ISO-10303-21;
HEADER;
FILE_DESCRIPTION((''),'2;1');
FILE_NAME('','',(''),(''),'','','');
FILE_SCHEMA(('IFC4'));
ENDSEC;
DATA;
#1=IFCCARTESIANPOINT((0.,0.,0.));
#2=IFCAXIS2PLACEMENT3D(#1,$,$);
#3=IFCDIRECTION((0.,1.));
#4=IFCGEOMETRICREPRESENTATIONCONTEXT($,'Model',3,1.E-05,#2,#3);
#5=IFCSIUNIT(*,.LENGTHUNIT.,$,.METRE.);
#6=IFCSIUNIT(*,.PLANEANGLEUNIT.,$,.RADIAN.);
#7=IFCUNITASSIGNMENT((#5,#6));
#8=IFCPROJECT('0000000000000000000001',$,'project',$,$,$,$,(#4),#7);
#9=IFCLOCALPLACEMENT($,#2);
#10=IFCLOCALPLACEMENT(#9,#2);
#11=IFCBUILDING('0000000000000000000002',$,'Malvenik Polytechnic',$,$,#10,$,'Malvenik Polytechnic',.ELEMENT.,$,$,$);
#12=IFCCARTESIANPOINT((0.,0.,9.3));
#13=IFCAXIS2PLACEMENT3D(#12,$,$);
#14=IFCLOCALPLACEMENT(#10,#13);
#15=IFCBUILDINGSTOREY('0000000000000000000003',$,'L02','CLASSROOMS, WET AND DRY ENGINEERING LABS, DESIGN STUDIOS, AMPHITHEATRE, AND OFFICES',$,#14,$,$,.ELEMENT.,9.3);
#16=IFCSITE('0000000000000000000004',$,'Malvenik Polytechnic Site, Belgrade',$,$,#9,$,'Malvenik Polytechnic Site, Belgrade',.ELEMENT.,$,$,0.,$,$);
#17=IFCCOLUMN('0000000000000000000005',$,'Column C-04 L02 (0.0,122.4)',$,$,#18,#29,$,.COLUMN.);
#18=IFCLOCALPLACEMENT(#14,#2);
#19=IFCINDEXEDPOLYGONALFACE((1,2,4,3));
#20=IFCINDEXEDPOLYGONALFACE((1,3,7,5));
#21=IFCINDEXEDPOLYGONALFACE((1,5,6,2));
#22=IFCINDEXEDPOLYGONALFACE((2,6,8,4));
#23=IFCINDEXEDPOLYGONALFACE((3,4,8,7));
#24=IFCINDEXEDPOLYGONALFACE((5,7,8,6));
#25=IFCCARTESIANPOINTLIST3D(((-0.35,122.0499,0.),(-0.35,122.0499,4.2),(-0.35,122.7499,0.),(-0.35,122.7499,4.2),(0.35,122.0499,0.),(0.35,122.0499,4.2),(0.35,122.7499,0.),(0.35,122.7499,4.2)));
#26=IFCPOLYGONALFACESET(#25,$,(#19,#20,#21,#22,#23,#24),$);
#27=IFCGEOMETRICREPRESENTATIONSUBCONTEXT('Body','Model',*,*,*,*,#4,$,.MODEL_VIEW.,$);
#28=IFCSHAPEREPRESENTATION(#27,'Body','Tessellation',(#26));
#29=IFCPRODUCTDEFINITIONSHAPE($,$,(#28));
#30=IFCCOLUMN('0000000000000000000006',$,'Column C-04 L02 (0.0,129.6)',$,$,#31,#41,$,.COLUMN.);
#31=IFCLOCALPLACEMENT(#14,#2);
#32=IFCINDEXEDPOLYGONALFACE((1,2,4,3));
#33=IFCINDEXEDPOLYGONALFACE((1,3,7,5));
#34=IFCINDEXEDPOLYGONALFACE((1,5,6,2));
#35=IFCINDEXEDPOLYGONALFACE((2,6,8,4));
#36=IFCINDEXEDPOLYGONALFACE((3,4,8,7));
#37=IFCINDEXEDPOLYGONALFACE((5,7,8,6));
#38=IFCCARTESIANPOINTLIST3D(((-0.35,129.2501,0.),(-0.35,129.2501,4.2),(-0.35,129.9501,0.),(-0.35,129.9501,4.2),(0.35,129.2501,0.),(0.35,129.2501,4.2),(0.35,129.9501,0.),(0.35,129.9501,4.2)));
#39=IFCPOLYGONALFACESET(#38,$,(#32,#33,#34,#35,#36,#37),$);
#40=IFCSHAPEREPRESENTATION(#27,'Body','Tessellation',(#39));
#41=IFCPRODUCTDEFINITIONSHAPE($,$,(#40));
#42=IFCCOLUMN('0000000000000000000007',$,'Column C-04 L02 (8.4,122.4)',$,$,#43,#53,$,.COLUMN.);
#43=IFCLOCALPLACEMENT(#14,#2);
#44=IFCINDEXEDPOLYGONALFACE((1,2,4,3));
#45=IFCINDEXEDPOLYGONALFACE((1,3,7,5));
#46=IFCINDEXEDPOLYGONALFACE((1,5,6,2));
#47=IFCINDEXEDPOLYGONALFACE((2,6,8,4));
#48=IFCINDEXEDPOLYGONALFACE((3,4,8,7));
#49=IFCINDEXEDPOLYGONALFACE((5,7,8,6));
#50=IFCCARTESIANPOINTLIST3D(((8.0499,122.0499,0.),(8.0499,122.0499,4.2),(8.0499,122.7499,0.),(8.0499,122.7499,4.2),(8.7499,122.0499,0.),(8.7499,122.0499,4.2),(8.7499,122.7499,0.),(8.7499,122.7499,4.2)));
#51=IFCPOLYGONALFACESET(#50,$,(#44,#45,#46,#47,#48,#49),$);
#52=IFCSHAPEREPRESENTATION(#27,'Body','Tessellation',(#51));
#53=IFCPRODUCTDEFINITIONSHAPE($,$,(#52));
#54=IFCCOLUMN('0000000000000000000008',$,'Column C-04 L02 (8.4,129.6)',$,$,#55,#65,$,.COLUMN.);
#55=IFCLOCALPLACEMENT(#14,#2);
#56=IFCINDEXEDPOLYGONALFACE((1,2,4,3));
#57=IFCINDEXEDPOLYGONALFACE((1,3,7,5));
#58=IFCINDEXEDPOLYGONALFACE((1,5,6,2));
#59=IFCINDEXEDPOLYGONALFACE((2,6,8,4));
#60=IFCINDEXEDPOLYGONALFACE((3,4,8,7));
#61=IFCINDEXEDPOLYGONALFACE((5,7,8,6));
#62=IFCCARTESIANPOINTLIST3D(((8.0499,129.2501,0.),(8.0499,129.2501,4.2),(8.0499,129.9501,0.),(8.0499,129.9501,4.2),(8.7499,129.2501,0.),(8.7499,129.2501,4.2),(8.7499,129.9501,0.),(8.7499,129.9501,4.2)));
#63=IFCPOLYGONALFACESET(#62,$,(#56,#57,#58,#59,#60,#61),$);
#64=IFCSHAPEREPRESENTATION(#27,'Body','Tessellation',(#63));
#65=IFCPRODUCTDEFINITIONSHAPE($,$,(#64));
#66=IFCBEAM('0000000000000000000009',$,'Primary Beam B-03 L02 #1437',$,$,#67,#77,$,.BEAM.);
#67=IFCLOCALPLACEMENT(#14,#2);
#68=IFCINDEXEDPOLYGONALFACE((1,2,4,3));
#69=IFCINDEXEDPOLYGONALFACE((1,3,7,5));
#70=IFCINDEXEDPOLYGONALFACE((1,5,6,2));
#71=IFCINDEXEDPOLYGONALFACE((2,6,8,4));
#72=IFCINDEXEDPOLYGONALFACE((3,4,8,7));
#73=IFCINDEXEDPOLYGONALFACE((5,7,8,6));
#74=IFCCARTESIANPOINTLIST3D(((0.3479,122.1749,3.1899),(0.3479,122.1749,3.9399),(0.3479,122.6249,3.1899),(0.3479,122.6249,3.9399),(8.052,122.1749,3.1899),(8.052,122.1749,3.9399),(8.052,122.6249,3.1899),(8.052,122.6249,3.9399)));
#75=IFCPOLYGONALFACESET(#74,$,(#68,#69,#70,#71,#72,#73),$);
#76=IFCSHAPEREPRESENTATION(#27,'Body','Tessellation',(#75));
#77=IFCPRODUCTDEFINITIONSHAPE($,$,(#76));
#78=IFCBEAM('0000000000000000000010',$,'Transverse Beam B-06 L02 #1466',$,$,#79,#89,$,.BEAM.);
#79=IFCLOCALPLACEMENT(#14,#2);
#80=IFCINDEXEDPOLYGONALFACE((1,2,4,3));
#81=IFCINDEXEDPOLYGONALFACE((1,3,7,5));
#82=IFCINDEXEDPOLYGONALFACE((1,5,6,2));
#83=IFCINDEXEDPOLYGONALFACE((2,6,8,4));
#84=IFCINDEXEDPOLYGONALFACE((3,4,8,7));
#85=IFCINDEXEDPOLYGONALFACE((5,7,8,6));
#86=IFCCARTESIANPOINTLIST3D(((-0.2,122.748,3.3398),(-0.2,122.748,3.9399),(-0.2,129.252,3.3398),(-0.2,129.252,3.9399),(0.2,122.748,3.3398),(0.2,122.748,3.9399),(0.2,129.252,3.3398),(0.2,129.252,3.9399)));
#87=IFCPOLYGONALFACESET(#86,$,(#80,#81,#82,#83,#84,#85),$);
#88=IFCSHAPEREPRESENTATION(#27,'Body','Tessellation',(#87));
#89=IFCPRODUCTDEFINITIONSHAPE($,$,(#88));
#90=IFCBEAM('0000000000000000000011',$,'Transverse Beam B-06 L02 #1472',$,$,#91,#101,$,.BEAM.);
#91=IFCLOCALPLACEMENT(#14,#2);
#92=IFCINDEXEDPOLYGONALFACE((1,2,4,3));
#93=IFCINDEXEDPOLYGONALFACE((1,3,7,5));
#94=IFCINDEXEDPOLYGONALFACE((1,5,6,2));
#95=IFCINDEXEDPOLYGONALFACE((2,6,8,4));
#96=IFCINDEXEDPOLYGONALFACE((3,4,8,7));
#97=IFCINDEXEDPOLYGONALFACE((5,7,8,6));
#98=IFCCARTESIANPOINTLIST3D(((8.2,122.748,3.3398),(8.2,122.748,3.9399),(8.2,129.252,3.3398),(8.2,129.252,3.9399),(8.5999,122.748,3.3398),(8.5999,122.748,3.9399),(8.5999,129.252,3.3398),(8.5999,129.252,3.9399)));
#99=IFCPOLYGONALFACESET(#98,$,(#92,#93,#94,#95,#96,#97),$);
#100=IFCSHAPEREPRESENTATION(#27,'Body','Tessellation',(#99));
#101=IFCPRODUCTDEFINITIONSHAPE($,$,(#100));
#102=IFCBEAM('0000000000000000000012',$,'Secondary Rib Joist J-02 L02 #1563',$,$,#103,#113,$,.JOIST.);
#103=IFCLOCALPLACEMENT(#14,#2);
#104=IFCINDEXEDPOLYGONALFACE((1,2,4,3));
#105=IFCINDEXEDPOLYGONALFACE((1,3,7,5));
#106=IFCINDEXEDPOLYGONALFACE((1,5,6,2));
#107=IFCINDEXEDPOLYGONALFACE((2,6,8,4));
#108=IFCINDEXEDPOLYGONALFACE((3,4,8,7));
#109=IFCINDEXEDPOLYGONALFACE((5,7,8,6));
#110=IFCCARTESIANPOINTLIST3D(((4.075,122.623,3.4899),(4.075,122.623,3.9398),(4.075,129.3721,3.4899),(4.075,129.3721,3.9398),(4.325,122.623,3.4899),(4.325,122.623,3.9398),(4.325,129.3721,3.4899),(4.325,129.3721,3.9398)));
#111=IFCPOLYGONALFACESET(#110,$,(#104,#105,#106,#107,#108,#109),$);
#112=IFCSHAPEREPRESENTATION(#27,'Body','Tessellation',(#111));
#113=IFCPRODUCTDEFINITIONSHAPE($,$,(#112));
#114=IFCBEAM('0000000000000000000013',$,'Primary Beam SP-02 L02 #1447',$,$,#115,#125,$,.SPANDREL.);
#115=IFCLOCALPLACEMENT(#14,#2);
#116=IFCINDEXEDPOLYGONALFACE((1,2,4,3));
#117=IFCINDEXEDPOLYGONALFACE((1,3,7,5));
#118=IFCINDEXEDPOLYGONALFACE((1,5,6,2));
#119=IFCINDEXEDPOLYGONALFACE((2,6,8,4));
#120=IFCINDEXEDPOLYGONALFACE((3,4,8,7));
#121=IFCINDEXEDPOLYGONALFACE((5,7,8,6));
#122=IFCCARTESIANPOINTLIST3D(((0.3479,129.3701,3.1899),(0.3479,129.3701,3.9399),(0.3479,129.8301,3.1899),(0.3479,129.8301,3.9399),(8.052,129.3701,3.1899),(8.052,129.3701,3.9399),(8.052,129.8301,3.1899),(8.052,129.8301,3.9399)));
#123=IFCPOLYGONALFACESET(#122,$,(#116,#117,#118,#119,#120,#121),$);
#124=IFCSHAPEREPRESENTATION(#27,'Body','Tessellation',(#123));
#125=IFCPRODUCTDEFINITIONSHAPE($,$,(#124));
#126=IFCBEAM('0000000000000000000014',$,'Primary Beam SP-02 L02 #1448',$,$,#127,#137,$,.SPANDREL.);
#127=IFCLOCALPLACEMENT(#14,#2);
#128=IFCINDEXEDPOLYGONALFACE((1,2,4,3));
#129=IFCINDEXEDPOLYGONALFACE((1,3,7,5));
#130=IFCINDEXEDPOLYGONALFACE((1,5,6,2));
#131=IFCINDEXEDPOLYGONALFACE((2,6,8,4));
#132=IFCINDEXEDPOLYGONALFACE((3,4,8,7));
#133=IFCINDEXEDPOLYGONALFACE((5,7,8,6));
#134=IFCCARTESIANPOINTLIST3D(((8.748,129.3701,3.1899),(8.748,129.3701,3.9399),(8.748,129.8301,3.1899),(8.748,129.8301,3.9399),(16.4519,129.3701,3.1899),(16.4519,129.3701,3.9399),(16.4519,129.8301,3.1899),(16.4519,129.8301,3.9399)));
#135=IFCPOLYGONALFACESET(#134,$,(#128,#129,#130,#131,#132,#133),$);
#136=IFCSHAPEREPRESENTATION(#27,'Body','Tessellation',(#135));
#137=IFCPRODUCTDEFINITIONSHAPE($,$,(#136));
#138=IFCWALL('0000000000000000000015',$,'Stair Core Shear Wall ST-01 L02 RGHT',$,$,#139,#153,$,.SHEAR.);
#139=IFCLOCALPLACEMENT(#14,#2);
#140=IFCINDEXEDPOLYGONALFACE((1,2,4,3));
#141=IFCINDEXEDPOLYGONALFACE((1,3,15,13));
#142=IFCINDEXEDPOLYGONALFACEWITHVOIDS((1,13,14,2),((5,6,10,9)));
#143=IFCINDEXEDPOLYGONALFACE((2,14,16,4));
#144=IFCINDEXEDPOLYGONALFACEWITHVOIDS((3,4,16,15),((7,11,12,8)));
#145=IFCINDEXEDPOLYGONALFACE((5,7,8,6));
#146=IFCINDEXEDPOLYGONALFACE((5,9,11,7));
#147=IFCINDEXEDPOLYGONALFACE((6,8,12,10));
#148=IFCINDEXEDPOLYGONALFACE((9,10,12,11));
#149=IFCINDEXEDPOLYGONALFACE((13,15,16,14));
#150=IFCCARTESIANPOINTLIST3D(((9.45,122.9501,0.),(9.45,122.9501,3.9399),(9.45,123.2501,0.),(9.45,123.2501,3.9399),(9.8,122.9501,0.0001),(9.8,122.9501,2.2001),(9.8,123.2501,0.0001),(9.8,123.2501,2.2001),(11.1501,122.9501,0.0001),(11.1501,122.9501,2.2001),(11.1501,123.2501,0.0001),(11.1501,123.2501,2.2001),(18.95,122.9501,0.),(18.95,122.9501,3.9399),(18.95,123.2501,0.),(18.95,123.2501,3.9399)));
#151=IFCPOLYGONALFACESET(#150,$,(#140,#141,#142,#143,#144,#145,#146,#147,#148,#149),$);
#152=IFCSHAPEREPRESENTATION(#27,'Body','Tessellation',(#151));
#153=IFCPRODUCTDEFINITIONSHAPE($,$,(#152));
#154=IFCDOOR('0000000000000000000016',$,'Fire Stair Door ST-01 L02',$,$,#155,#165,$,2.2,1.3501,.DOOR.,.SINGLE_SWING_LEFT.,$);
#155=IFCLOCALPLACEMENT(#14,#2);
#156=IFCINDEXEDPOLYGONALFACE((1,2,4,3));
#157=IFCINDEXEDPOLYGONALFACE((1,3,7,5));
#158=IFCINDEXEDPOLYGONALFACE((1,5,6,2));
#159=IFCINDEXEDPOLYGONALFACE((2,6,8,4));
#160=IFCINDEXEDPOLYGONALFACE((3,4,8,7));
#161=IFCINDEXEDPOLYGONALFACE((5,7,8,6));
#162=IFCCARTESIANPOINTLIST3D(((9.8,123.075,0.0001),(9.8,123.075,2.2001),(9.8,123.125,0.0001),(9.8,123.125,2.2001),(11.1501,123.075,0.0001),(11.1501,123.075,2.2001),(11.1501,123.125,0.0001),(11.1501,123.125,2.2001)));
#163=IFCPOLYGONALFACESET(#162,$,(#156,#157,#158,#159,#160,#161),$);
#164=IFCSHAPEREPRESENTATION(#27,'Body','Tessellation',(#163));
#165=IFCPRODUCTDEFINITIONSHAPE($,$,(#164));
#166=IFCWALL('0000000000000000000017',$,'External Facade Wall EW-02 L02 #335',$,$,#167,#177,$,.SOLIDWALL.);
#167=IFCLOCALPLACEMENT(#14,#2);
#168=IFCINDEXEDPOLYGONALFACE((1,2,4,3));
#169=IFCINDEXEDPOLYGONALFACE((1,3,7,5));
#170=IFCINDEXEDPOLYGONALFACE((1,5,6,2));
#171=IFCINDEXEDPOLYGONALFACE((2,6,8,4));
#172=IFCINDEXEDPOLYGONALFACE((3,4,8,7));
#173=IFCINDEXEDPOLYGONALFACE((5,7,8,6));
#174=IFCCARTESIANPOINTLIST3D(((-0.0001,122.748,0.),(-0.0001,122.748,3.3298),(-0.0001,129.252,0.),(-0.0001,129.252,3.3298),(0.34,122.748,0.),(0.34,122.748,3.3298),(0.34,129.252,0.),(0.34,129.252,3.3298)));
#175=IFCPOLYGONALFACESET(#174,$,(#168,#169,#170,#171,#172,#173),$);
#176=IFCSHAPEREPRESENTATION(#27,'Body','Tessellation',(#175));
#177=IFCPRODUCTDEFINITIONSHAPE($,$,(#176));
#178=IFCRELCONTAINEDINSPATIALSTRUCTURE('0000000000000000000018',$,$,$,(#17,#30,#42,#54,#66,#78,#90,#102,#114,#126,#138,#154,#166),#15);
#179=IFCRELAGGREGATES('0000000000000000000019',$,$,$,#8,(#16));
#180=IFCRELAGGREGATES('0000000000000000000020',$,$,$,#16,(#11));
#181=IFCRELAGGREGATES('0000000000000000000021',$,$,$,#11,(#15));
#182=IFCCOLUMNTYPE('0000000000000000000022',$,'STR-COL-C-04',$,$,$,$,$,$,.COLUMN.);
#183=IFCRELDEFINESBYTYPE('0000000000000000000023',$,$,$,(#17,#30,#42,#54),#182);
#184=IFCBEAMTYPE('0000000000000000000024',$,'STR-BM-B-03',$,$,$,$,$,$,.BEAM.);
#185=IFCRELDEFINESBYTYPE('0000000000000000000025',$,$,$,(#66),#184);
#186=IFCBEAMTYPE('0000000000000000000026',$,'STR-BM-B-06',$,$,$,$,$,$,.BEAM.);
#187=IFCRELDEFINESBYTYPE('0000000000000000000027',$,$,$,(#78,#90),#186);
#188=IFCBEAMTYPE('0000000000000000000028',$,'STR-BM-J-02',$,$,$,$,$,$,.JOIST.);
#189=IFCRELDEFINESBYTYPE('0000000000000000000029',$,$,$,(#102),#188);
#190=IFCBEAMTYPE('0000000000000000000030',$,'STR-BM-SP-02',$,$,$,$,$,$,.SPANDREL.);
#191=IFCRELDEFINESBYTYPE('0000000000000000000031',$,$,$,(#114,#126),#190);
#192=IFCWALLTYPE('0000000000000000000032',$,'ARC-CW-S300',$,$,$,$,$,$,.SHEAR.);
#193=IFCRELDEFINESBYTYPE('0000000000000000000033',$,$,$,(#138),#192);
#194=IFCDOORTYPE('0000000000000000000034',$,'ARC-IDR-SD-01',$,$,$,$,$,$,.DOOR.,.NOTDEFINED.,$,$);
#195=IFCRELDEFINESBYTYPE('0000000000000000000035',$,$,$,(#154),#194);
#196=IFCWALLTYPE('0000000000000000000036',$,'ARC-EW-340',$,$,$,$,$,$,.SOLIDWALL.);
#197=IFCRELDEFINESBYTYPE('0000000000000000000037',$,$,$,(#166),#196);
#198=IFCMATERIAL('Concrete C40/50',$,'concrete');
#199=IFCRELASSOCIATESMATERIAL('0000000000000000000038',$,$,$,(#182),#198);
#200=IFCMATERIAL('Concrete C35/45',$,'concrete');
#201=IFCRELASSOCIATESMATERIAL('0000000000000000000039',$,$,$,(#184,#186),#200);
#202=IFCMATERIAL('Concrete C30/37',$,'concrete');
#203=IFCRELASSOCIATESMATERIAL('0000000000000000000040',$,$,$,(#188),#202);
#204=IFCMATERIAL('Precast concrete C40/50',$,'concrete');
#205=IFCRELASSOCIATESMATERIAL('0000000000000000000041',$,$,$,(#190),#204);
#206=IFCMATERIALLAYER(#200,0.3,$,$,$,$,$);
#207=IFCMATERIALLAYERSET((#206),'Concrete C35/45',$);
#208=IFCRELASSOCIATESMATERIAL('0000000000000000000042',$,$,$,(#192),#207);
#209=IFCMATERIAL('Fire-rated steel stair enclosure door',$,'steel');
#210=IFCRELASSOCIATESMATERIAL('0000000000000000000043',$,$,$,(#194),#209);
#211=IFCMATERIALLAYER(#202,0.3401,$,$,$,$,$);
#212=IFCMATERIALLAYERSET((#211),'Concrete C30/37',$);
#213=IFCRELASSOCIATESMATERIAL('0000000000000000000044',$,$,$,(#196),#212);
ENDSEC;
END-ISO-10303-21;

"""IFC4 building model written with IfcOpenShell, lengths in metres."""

from ifc_helpers import new_model, si_unit, direction, frame, frame_2d, origin, origin_2d, place, context, subcontext, project, spatial, rectangle, extrude, material, layer, layer_set, material_profile, profile_set, type_object, element, fill, save


model = new_model("IFC4")

# Units and contexts
model_context = context("Model", 3, precision=1e-05, world=origin(), true_north=direction((0.0, 1.0)))
body_context = subcontext(model_context, "Body", "Model", "MODEL_VIEW")
ifc_project = project(units=[si_unit("LENGTHUNIT", "METRE"), si_unit("PLANEANGLEUNIT", "RADIAN")], contexts=[model_context])

# Site, building, storey
site_placement = place(None, origin())
site = spatial("IfcSite", under=ifc_project, at=site_placement, Name="Malvenik Polytechnic Site, Belgrade", LongName="Malvenik Polytechnic Site, Belgrade", CompositionType="ELEMENT", RefElevation=0.0)
building_placement = place(site_placement, origin())
building = spatial("IfcBuilding", under=site, at=building_placement, Name="Malvenik Polytechnic", LongName="Malvenik Polytechnic", CompositionType="ELEMENT")
storey_placement = place(building_placement, frame((0.0, 0.0, 9.3)))
storey = spatial("IfcBuildingStorey", under=building, at=storey_placement, Name="L02", Description="CLASSROOMS, WET AND DRY ENGINEERING LABS, DESIGN STUDIOS, AMPHITHEATRE, AND OFFICES", CompositionType="ELEMENT", Elevation=9.3)

# Columns
ifc_material_1 = material(Name="Concrete C40/50", Category="concrete")
ifc_material_profile_1 = material_profile(ifc_material_1, rectangle(XDim=0.7, YDim=0.7, at=origin_2d()), Name="RC COL 700x700")
ifc_profile_set_1 = profile_set([ifc_material_profile_1], Name="Concrete C40/50")
column_type = type_object("IfcColumnType", Name="STR-COL-C-04", PredefinedType="COLUMN", material=ifc_profile_set_1)
for number, where, z_axis, x_axis, name in (
    (1, (0.0, 122.3999, 0.0), (0.0, 0.0, 1.0), (1.0, 0.0, 0.0), "Column C-04 L02 (0.0,122.4)"),
    (2, (0.0, 129.6001, 0.0), (0.0, 0.0, 1.0), (1.0, 0.0, 0.0), "Column C-04 L02 (0.0,129.6)"),
    (3, (8.3999, 122.3999, 0.0), (0.0, 0.0, 1.0), (1.0, 0.0, 0.0), "Column C-04 L02 (8.4,122.4)"),
    (4, (8.3999, 129.6001, 0.0), (0.0, 0.0, 1.0), (1.0, 0.0, 0.0), "Column C-04 L02 (8.4,129.6)"),
):
    element("IfcColumn", number, at=place(storey_placement, frame(where, z_axis=z_axis, x_axis=x_axis)), inside=storey, type_object=column_type, Name=name, PredefinedType="COLUMN", context=body_context, shape_type="SweptSolid", body=[
        extrude(rectangle(XDim=0.7, YDim=0.7, at=origin_2d()), origin(), (0.0, 0.0, 1.0), 4.2),
    ])

# Beams
ifc_material_2 = material(Name="Concrete C35/45", Category="concrete")
ifc_material_profile_2 = material_profile(ifc_material_2, rectangle(XDim=0.45, YDim=0.75, at=origin_2d()), Name="RC BM 450x750")
ifc_profile_set_2 = profile_set([ifc_material_profile_2], Name="Concrete C35/45")
beam_type_1 = type_object("IfcBeamType", Name="STR-BM-B-03", PredefinedType="BEAM", material=ifc_profile_set_2)
beam_1_placement = place(storey_placement, frame((0.3479, 122.3999, 3.5649), z_axis=(1.0, 0.0, 0.0), x_axis=(0.0, 1.0, 0.0)))
element("IfcBeam", 5, at=beam_1_placement, inside=storey, type_object=beam_type_1, Name="Primary Beam B-03 L02 #1437", PredefinedType="BEAM", context=body_context, shape_type="SweptSolid", body=[
    extrude(rectangle(XDim=0.45, YDim=0.75, at=origin_2d()), origin(), (0.0, 0.0, 1.0), 7.7041),
])
ifc_material_profile_3 = material_profile(ifc_material_2, rectangle(XDim=0.3999, YDim=0.6001, at=origin_2d()), Name="RC BM 400x600")
ifc_profile_set_3 = profile_set([ifc_material_profile_3], Name="Concrete C35/45")
beam_type_2 = type_object("IfcBeamType", Name="STR-BM-B-06", PredefinedType="BEAM", material=ifc_profile_set_3)
for number, where, z_axis, x_axis, name in (
    (6, (0.0, 122.748, 3.6399), (0.0, 1.0, 0.0), (-1.0, 0.0, 0.0), "Transverse Beam B-06 L02 #1466"),
    (7, (8.3999, 122.748, 3.6399), (0.0, 1.0, 0.0), (-1.0, 0.0, 0.0), "Transverse Beam B-06 L02 #1472"),
):
    element("IfcBeam", number, at=place(storey_placement, frame(where, z_axis=z_axis, x_axis=x_axis)), inside=storey, type_object=beam_type_2, Name=name, PredefinedType="BEAM", context=body_context, shape_type="SweptSolid", body=[
        extrude(rectangle(XDim=0.3999, YDim=0.6001, at=origin_2d()), origin(), (0.0, 0.0, 1.0), 6.5039),
    ])
ifc_material_3 = material(Name="Concrete C30/37", Category="concrete")
ifc_material_profile_4 = material_profile(ifc_material_3, rectangle(XDim=0.25, YDim=0.45, at=origin_2d()), Name="RC JST 250x450")
ifc_profile_set_4 = profile_set([ifc_material_profile_4], Name="Concrete C30/37")
beam_type_3 = type_object("IfcBeamType", Name="STR-BM-J-02", PredefinedType="JOIST", material=ifc_profile_set_4)
beam_2_placement = place(storey_placement, frame((4.2, 122.623, 3.7148), z_axis=(0.0, 1.0, 0.0), x_axis=(-1.0, 0.0, 0.0)))
element("IfcBeam", 8, at=beam_2_placement, inside=storey, type_object=beam_type_3, Name="Secondary Rib Joist J-02 L02 #1563", PredefinedType="JOIST", context=body_context, shape_type="SweptSolid", body=[
    extrude(rectangle(XDim=0.25, YDim=0.45, at=origin_2d()), origin(), (0.0, 0.0, 1.0), 6.749),
])
ifc_material_4 = material(Name="Precast concrete C40/50", Category="concrete")
ifc_material_profile_5 = material_profile(ifc_material_4, rectangle(XDim=0.46, YDim=0.75, at=origin_2d()), Name="PC SPN 460x750")
ifc_profile_set_5 = profile_set([ifc_material_profile_5], Name="Precast concrete C40/50")
beam_type_4 = type_object("IfcBeamType", Name="STR-BM-SP-02", PredefinedType="SPANDREL", material=ifc_profile_set_5)
beam_3_placement = place(storey_placement, frame((0.3479, 129.6001, 3.5649), z_axis=(1.0, 0.0, 0.0), x_axis=(0.0, 1.0, 0.0)))
element("IfcBeam", 9, at=beam_3_placement, inside=storey, type_object=beam_type_4, Name="Primary Beam SP-02 L02 #1447", PredefinedType="SPANDREL", context=body_context, shape_type="SweptSolid", body=[
    extrude(rectangle(XDim=0.46, YDim=0.75, at=origin_2d()), origin(), (0.0, 0.0, 1.0), 7.7041),
])
beam_4_placement = place(storey_placement, frame((8.748, 129.6001, 3.5649), z_axis=(1.0, 0.0, 0.0), x_axis=(0.0, 1.0, 0.0)))
element("IfcBeam", 10, at=beam_4_placement, inside=storey, type_object=beam_type_4, Name="Primary Beam SP-02 L02 #1448", PredefinedType="SPANDREL", context=body_context, shape_type="SweptSolid", body=[
    extrude(rectangle(XDim=0.46, YDim=0.75, at=origin_2d()), origin(), (0.0, 0.0, 1.0), 7.7039),
])

# Wall, opening, door
ifc_layer_1 = layer(ifc_material_2, 0.3)
ifc_layer_set_1 = layer_set([ifc_layer_1], Name="Concrete C35/45")
wall_type_1 = type_object("IfcWallType", Name="ARC-CW-S300", PredefinedType="SHEAR", material=ifc_layer_set_1)
wall_1_placement = place(storey_placement, frame((9.45, 123.1001, 0.0), z_axis=(0.0, 0.0, 1.0), x_axis=(1.0, 0.0, 0.0)))
wall_1 = element("IfcWall", 11, at=wall_1_placement, inside=storey, type_object=wall_type_1, Name="Stair Core Shear Wall ST-01 L02 RGHT", PredefinedType="SHEAR", context=body_context, shape_type="SweptSolid", body=[
    extrude(rectangle(XDim=9.5, YDim=0.3, at=frame_2d((4.75, 0.0))), origin(), (0.0, 0.0, 1.0), 3.9399),
])
opening_1_placement = place(wall_1_placement, frame((0.3501, 0.0, 0.0)))
opening_1 = element("IfcOpeningElement", 12, at=opening_1_placement, cuts=wall_1, PredefinedType="OPENING", context=body_context, shape_type="SweptSolid", body=[
    extrude(rectangle(XDim=1.3501, YDim=2.2, at=frame_2d((0.675, 1.1001))), frame((0.0, 0.1602, 0.0), z_axis=(0.0, -1.0, 0.0), x_axis=(1.0, 0.0, 0.0)), (0.0, 0.0, 1.0), 0.3201),
])
ifc_material_5 = material(Name="Fire-rated steel stair enclosure door", Category="steel")
door_type_1 = type_object("IfcDoorType", Name="ARC-IDR-SD-01", OperationType="NOTDEFINED", PredefinedType="DOOR", material=ifc_material_5)
door_1_placement = place(opening_1_placement, origin())
door_1 = element("IfcDoor", 13, at=door_1_placement, inside=storey, type_object=door_type_1, Name="Fire Stair Door ST-01 L02", OperationType="SINGLE_SWING_LEFT", OverallHeight=2.2, OverallWidth=1.3501, PredefinedType="DOOR", context=body_context, shape_type="SweptSolid", body=[
    extrude(rectangle(XDim=1.3501, YDim=2.2, at=frame_2d((0.675, 1.1001))), frame((0.0, 0.0249, 0.0), z_axis=(0.0, -1.0, 0.0), x_axis=(1.0, 0.0, 0.0)), (0.0, 0.0, 1.0), 0.05),
])
fill(opening_1, door_1)

# Wall
ifc_layer_2 = layer(ifc_material_3, 0.3401)
ifc_layer_set_2 = layer_set([ifc_layer_2], Name="Concrete C30/37")
wall_type_2 = type_object("IfcWallType", Name="ARC-EW-340", PredefinedType="SOLIDWALL", material=ifc_layer_set_2)
wall_2_placement = place(storey_placement, frame((0.1699, 122.748, 0.0), z_axis=(0.0, 0.0, 1.0), x_axis=(0.0, 1.0, 0.0)))
element("IfcWall", 14, at=wall_2_placement, inside=storey, type_object=wall_type_2, Name="External Facade Wall EW-02 L02 #335", PredefinedType="SOLIDWALL", context=body_context, shape_type="SweptSolid", body=[
    extrude(rectangle(XDim=6.5039, YDim=0.3401, at=frame_2d((3.252, 0.0))), origin(), (0.0, 0.0, 1.0), 3.3298),
])

save(model, "model.ifc")
